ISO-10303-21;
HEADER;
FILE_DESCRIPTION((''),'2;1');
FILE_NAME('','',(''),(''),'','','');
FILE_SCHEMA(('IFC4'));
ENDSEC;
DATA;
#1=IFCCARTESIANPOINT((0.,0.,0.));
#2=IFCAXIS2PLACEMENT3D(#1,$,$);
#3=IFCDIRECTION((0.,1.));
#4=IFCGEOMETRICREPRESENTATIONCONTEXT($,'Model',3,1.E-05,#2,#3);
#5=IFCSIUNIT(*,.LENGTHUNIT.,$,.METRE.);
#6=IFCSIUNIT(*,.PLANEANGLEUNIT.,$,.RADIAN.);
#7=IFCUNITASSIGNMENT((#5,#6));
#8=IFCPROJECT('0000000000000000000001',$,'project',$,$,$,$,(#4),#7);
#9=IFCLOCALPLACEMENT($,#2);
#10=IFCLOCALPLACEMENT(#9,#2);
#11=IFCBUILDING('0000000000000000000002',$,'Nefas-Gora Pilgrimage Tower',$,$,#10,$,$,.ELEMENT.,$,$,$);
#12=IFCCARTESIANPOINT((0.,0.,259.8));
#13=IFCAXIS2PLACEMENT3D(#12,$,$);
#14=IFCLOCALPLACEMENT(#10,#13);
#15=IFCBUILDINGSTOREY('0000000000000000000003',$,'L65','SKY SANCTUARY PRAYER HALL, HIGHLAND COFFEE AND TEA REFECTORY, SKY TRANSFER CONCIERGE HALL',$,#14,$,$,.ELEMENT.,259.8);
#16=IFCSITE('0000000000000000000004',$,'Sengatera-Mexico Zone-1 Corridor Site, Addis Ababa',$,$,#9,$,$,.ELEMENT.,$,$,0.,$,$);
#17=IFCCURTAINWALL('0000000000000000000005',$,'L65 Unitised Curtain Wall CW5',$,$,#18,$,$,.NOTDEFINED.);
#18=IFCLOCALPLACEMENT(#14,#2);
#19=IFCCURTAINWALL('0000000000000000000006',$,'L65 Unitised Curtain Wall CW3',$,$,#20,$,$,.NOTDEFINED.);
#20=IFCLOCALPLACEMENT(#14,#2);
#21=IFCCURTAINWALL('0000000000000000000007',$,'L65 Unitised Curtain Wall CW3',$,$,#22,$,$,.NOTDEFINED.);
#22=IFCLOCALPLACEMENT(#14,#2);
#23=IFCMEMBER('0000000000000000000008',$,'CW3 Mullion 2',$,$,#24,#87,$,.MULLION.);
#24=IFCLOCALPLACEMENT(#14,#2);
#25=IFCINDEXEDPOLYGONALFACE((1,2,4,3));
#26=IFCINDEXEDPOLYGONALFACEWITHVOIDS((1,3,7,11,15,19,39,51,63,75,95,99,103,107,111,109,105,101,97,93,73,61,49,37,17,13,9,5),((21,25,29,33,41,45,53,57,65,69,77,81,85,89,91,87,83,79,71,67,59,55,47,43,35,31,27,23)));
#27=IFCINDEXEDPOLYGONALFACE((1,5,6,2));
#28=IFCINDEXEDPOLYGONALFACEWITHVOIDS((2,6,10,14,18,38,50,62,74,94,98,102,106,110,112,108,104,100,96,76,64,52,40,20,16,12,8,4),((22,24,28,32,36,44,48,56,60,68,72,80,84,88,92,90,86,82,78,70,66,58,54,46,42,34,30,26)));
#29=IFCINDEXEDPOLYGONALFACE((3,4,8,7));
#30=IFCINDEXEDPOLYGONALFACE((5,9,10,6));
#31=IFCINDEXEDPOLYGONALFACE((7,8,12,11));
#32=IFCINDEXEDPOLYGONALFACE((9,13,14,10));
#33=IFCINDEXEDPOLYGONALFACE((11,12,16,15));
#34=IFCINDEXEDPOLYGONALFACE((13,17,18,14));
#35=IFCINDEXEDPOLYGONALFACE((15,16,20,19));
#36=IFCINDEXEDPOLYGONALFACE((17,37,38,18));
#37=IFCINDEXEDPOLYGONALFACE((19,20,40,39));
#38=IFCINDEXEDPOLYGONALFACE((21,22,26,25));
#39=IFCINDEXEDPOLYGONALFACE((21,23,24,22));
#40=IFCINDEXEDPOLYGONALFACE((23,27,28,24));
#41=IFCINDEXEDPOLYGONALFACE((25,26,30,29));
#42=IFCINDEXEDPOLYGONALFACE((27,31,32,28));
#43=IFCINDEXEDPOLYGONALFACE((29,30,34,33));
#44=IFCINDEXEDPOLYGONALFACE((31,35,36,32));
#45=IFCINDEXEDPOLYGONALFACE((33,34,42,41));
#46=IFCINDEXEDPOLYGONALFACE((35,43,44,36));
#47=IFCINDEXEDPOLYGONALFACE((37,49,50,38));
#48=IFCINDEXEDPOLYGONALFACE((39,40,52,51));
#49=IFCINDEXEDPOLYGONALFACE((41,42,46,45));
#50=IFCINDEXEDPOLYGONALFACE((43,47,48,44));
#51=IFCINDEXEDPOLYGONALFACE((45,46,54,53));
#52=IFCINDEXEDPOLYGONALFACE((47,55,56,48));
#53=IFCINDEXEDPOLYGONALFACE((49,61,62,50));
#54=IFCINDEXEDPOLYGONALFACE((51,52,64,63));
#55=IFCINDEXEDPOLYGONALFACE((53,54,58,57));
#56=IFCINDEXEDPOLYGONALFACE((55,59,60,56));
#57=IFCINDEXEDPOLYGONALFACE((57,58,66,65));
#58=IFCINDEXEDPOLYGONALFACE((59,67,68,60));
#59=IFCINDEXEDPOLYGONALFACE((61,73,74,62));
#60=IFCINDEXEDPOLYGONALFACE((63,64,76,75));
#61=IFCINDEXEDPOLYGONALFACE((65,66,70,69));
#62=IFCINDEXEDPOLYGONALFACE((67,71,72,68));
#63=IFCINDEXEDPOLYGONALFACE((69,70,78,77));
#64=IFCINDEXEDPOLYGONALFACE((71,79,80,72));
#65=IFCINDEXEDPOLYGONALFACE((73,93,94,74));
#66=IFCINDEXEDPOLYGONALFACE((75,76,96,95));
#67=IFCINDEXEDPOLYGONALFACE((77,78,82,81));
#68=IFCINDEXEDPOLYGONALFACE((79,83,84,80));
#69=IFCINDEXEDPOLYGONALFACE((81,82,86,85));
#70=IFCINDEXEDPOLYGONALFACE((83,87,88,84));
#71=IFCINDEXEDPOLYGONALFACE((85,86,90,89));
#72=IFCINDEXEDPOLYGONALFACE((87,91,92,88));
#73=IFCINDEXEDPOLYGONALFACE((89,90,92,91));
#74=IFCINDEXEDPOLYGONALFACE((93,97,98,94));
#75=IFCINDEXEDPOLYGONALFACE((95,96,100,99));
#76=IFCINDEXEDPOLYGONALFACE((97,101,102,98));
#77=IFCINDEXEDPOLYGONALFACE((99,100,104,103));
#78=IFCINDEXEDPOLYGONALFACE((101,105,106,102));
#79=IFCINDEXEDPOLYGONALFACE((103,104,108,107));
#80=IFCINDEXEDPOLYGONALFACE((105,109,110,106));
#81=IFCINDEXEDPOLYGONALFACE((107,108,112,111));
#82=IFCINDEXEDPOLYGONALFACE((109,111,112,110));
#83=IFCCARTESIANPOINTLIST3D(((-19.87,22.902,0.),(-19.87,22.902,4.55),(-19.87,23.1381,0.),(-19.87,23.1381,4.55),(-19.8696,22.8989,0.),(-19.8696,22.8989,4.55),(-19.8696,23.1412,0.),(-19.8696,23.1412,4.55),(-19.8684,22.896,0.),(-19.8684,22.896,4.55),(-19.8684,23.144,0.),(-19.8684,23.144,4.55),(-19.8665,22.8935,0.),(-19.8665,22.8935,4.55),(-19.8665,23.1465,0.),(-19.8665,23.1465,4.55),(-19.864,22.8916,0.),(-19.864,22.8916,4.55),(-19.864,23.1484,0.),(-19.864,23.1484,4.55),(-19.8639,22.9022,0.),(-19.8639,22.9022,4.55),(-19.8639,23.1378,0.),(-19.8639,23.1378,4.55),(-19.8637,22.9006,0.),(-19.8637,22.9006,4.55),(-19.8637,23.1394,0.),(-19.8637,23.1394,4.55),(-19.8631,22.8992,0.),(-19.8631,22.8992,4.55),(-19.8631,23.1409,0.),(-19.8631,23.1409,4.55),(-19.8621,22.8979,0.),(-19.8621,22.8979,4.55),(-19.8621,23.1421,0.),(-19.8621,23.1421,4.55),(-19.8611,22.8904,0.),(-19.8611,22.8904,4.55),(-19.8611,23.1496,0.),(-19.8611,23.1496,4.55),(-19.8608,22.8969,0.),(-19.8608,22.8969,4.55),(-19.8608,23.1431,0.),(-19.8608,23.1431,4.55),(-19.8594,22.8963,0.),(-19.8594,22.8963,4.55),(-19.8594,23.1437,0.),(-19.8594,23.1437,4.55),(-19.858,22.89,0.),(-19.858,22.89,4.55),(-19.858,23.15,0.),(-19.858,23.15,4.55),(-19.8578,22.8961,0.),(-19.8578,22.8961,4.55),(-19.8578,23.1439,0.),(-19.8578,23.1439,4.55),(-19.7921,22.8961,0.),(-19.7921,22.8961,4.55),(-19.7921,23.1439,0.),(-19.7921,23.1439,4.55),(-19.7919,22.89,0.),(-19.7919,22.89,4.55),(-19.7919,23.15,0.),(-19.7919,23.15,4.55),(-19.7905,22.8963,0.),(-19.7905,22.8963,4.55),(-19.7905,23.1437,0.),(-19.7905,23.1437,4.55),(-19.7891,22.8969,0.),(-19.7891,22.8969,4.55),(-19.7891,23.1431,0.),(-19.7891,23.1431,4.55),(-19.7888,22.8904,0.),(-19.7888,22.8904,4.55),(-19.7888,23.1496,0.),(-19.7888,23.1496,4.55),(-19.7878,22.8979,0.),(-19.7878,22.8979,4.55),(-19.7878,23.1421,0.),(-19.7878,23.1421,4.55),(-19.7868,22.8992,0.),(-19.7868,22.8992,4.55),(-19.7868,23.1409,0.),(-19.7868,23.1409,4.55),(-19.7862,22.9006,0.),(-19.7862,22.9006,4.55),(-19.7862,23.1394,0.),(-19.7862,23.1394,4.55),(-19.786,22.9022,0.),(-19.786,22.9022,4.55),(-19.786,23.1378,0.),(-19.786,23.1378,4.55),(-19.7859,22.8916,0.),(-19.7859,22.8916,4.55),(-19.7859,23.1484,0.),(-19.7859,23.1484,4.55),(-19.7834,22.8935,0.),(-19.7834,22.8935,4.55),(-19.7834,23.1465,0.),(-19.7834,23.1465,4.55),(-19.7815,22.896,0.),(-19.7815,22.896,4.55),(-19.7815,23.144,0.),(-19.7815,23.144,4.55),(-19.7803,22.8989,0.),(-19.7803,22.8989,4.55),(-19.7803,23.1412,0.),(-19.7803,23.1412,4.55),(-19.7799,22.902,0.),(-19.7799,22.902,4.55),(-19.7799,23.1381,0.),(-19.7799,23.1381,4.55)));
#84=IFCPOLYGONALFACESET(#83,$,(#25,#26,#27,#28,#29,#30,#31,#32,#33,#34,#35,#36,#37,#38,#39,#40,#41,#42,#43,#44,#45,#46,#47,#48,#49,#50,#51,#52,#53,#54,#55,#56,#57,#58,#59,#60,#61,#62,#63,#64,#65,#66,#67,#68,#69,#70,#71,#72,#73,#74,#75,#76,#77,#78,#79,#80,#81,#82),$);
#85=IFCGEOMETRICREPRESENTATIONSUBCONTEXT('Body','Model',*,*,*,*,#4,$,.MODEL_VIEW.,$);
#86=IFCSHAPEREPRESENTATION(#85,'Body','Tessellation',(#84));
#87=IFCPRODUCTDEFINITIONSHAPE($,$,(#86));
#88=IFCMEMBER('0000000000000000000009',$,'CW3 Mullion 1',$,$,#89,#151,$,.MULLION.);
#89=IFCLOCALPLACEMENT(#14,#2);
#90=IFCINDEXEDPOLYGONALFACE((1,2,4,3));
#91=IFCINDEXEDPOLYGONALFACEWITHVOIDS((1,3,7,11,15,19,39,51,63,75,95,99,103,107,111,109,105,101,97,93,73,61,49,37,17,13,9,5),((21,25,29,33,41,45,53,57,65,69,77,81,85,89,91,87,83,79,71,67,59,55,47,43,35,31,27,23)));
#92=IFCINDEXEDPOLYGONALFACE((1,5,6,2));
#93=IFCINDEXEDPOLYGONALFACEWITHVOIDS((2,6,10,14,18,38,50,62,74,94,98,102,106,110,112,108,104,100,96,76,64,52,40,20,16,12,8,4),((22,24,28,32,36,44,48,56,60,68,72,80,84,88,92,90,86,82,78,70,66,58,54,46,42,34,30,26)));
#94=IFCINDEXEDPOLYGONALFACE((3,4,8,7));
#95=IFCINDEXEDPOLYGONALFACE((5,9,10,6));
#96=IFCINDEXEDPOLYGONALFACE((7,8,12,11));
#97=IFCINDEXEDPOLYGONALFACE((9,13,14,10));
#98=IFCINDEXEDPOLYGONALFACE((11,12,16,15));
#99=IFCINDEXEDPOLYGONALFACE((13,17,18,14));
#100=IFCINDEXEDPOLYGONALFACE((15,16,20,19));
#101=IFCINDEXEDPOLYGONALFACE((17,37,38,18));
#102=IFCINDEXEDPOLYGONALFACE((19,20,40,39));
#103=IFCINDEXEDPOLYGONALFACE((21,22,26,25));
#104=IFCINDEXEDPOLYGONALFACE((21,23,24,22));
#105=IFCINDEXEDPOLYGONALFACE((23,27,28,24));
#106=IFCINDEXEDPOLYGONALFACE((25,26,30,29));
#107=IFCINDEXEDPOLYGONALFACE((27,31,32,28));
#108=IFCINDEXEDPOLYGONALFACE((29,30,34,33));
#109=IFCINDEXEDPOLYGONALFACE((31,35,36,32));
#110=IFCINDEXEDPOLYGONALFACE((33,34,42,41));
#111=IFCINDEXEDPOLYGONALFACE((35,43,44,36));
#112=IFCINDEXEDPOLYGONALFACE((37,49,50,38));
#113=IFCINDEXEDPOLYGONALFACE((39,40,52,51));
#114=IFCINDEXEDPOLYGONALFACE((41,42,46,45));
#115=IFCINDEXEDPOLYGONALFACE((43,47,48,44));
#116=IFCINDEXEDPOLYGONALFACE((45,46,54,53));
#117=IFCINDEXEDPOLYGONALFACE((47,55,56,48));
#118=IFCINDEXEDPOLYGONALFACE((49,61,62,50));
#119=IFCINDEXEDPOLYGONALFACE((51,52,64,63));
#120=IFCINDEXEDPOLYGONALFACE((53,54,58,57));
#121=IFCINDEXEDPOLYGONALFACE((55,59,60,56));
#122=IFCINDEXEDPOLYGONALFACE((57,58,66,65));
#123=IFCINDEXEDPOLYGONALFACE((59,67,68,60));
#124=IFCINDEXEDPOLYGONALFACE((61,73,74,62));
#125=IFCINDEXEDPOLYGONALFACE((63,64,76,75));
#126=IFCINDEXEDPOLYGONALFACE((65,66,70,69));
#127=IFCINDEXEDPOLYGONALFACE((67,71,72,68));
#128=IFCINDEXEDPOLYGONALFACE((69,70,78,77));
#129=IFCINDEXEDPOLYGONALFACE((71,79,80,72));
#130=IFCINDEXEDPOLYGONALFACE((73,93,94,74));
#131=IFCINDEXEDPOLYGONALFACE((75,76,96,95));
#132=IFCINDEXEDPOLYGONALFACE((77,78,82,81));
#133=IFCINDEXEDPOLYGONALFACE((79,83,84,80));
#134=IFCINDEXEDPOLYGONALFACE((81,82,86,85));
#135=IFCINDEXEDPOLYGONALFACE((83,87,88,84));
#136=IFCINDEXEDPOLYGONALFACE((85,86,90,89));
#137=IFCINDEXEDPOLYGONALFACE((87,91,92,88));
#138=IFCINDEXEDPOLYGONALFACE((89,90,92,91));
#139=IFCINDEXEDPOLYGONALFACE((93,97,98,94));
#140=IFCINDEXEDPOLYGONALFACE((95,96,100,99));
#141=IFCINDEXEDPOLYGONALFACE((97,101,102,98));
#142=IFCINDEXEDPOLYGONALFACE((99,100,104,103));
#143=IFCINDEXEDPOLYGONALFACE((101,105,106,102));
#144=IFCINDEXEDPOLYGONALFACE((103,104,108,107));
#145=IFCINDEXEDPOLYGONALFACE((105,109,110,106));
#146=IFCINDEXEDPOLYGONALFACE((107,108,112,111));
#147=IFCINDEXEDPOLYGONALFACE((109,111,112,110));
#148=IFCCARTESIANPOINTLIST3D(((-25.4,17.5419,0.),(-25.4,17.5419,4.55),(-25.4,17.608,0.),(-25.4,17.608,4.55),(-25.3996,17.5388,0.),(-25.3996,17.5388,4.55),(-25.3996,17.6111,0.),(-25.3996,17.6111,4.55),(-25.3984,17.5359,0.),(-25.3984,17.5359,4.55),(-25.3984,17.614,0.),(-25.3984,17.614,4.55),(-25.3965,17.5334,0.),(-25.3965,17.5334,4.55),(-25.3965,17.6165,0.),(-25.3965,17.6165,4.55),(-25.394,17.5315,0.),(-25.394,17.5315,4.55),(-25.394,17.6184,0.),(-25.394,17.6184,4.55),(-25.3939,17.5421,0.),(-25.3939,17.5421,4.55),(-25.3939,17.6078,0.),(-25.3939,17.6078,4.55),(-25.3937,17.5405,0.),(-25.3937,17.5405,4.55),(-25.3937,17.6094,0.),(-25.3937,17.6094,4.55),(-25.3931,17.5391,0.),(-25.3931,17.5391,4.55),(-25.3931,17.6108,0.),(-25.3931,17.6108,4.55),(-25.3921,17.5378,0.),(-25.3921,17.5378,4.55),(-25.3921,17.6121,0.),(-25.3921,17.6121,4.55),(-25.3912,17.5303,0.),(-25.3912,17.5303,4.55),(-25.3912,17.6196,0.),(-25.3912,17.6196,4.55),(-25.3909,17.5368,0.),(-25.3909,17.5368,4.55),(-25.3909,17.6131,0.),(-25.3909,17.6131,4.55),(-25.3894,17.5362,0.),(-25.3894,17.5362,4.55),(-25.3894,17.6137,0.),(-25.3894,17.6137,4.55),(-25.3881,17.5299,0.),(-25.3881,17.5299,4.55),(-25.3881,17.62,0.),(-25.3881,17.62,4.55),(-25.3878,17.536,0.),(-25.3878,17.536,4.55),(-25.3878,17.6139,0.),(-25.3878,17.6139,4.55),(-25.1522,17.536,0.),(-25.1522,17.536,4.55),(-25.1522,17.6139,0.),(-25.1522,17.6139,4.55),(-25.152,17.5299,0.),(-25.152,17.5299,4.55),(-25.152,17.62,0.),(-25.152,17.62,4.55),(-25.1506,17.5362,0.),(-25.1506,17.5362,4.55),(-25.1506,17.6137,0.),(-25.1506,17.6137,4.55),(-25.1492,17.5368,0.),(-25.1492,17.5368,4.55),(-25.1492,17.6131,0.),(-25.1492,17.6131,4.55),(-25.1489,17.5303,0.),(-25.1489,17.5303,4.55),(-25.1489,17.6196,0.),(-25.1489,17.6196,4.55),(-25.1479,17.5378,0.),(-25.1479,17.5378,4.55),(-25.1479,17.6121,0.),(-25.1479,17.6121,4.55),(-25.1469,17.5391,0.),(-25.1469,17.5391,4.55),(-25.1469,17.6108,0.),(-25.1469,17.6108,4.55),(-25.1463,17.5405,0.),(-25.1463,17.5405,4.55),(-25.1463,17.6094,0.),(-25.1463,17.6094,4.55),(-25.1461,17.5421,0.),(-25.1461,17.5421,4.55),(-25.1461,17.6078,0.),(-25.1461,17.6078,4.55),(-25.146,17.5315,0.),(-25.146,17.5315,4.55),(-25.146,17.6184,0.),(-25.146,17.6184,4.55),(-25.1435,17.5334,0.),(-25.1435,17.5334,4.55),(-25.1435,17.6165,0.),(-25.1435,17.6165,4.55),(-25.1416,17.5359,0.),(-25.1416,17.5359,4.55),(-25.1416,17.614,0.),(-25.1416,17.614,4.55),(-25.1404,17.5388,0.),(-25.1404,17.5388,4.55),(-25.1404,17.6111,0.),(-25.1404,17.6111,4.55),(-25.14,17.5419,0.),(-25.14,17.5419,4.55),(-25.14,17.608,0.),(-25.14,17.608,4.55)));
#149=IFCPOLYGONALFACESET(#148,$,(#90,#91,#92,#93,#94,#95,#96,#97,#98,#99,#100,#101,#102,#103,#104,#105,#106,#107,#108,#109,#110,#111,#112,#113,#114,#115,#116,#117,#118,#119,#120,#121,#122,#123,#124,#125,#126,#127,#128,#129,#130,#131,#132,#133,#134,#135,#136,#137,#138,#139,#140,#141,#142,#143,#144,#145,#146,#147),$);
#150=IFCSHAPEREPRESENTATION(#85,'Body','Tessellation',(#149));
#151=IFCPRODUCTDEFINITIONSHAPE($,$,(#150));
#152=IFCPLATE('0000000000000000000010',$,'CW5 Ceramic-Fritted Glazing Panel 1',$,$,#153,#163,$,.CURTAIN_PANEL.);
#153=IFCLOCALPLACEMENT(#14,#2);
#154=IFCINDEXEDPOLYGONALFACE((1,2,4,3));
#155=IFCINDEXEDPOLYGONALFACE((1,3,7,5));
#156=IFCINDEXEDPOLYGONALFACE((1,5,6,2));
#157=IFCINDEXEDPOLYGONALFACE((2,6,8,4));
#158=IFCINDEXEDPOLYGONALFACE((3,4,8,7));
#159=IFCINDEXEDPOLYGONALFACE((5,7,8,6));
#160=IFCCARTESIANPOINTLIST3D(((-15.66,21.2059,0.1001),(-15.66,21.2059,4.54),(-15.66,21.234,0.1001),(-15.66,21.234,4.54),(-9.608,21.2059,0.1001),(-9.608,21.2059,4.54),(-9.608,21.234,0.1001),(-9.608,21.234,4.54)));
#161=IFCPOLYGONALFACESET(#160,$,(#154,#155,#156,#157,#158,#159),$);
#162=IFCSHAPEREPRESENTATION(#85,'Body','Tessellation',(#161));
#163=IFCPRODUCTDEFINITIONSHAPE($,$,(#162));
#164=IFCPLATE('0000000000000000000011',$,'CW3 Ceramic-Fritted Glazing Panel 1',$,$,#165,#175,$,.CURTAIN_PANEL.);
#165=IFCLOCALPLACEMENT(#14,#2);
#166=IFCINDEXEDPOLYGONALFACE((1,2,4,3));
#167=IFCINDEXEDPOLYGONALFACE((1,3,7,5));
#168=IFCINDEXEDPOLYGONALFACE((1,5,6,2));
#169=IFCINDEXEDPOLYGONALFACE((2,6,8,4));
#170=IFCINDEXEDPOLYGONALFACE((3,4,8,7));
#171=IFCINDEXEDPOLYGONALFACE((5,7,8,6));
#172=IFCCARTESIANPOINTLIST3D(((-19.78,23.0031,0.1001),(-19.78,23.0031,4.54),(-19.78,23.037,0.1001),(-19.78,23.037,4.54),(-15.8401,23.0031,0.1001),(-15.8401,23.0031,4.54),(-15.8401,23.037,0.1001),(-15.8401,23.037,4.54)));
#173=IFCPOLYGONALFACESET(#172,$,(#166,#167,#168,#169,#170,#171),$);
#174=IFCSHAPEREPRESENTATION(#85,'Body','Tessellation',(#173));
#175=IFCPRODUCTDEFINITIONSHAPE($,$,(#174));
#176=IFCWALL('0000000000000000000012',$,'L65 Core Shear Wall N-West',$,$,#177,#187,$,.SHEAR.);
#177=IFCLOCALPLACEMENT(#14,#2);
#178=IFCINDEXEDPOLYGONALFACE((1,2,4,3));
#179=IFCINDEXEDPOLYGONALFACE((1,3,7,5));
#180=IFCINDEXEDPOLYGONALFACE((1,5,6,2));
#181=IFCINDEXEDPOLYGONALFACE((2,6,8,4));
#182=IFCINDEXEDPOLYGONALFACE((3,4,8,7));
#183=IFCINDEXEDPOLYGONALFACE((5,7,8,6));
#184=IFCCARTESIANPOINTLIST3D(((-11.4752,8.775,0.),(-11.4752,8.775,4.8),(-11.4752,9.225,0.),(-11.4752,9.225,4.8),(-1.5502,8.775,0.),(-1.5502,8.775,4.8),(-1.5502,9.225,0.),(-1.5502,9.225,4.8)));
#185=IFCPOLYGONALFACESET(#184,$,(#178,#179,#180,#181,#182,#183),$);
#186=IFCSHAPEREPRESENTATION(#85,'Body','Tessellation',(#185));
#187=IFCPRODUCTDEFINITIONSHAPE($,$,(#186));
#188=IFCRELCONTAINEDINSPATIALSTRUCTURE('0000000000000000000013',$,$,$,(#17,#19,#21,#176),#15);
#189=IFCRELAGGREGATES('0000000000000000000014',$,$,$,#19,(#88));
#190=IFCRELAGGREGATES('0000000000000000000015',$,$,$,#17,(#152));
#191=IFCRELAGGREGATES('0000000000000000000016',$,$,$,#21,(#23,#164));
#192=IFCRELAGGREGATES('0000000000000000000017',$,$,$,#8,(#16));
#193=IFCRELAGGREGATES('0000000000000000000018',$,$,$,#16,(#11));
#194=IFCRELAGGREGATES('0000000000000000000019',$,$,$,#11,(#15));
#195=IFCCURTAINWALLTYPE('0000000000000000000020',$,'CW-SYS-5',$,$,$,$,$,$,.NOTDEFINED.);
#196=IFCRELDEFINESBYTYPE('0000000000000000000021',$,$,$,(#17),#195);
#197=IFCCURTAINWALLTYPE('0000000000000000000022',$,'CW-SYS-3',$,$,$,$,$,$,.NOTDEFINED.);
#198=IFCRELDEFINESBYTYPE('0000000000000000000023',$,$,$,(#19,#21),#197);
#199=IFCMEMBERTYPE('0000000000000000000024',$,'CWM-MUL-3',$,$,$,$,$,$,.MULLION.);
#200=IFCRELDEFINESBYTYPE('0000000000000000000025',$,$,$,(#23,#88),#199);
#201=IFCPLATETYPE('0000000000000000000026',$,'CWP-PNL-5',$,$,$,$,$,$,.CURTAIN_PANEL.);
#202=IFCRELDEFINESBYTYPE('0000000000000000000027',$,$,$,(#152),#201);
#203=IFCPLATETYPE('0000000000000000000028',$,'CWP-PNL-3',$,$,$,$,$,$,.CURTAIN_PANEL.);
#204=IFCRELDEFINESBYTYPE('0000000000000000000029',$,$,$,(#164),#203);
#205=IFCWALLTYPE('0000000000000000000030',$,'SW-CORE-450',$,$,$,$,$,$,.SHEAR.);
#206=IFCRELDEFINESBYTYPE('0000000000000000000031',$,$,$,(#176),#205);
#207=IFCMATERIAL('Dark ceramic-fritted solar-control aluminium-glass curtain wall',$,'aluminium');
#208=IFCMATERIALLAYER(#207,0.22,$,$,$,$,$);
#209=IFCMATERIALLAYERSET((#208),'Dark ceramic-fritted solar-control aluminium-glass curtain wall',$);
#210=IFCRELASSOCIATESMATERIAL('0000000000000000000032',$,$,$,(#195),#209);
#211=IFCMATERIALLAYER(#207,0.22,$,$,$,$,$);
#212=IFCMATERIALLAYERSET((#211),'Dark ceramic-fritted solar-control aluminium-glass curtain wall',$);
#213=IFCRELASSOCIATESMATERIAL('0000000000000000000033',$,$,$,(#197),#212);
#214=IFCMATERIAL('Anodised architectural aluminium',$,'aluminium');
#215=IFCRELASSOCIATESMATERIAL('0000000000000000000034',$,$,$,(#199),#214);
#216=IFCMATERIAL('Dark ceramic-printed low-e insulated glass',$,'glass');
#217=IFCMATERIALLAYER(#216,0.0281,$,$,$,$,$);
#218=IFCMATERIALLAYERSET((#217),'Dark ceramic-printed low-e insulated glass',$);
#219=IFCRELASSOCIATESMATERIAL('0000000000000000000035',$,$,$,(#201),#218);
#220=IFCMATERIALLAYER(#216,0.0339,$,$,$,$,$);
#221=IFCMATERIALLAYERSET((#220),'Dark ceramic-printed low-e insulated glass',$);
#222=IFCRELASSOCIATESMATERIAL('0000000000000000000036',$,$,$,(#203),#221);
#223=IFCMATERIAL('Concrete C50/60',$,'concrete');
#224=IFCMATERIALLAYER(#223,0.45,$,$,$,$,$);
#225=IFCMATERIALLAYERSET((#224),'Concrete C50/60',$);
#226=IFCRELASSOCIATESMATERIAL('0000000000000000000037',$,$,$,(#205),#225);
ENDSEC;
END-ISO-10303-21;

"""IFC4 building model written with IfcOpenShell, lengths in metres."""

from ifc_helpers import new_model, si_unit, direction, frame, frame_2d, origin, origin_2d, place, context, subcontext, project, spatial, rectangle, hollow_rectangle, extrude, source, transform, mapped, material, layer, layer_set, material_profile, profile_set, type_object, element, aggregate, save


model = new_model("IFC4")

# Units and contexts
model_context = context("Model", 3, precision=1e-05, world=origin(), true_north=direction((0.0, 1.0)))
body_context = subcontext(model_context, "Body", "Model", "MODEL_VIEW")
ifc_project = project(units=[si_unit("LENGTHUNIT", "METRE"), si_unit("PLANEANGLEUNIT", "RADIAN")], contexts=[model_context])

# Site, building, storey
site_placement = place(None, origin())
site = spatial("IfcSite", under=ifc_project, at=site_placement, Name="Sengatera-Mexico Zone-1 Corridor Site, Addis Ababa", CompositionType="ELEMENT", RefElevation=0.0)
building_placement = place(site_placement, origin())
building = spatial("IfcBuilding", under=site, at=building_placement, Name="Nefas-Gora Pilgrimage Tower", CompositionType="ELEMENT")
storey_placement = place(building_placement, frame((0.0, 0.0, 259.8)))
storey = spatial("IfcBuildingStorey", under=building, at=storey_placement, Name="L65", Description="SKY SANCTUARY PRAYER HALL, HIGHLAND COFFEE AND TEA REFECTORY, SKY TRANSFER CONCIERGE HALL", CompositionType="ELEMENT", Elevation=259.8)

# Curtain walls
ifc_material_1 = material(Name="Dark ceramic-fritted solar-control aluminium-glass curtain wall", Category="aluminium")
ifc_layer_1 = layer(ifc_material_1, 0.22)
ifc_layer_set_1 = layer_set([ifc_layer_1], Name="Dark ceramic-fritted solar-control aluminium-glass curtain wall")
curtain_wall_type_1 = type_object("IfcCurtainWallType", Name="CW-SYS-5", PredefinedType="NOTDEFINED", material=ifc_layer_set_1)
curtain_wall_1_placement = place(storey_placement, origin())
curtain_wall_1 = element("IfcCurtainWall", 1, at=curtain_wall_1_placement, inside=storey, type_object=curtain_wall_type_1, Name="L65 Unitised Curtain Wall CW5", PredefinedType="NOTDEFINED")
ifc_material_2 = material(Name="Anodised architectural aluminium", Category="aluminium")
ifc_layer_2 = layer(ifc_material_1, 0.22)
ifc_layer_set_2 = layer_set([ifc_layer_2], Name="Dark ceramic-fritted solar-control aluminium-glass curtain wall")
curtain_wall_type_2 = type_object("IfcCurtainWallType", Name="CW-SYS-3", PredefinedType="NOTDEFINED", material=ifc_layer_set_2)
curtain_wall_2_placement = place(storey_placement, origin())
curtain_wall_2 = element("IfcCurtainWall", 2, at=curtain_wall_2_placement, inside=storey, type_object=curtain_wall_type_2, Name="L65 Unitised Curtain Wall CW3", PredefinedType="NOTDEFINED")

# Curtain wall, member
curtain_wall_3_placement = place(storey_placement, origin())
curtain_wall_3 = element("IfcCurtainWall", 3, at=curtain_wall_3_placement, inside=storey, type_object=curtain_wall_type_2, Name="L65 Unitised Curtain Wall CW3", PredefinedType="NOTDEFINED")
ifc_material_profile_1 = material_profile(ifc_material_2, hollow_rectangle(XDim=0.0901, YDim=0.26, WallThickness=0.0061, InnerFilletRadius=0.0061, OuterFilletRadius=0.012, at=origin_2d()), Name="ALU MULLION 90x260")
ifc_profile_set_1 = profile_set([ifc_material_profile_1], Name="Anodised architectural aluminium")
member_type_1 = type_object("IfcMemberType", Name="CWM-MUL-3", PredefinedType="MULLION", material=ifc_profile_set_1)
shared_shape_1 = source(origin(), body_context, "Body", "SweptSolid", [
    extrude(hollow_rectangle(XDim=0.0901, YDim=0.26, WallThickness=0.0061, InnerFilletRadius=0.0061, OuterFilletRadius=0.012, at=origin_2d()), origin(), (0.0, 0.0, 1.0), 4.55),
])
member_1_placement = place(storey_placement, frame((-19.825, 23.02, 0.0), z_axis=(0.0, 0.0, 1.0), x_axis=(-1.0, 0.0, 0.0)))
member_1 = element("IfcMember", 4, at=member_1_placement, type_object=member_type_1, Name="CW3 Mullion 2", PredefinedType="MULLION", context=body_context, shape_type="MappedRepresentation", body=[
    mapped(shared_shape_1, transform((0.0, 0.0, 0.0), x_axis=(1.0, 0.0, 0.0), y_axis=(0.0, 1.0, 0.0), z_axis=(0.0, 0.0, 1.0), scale=1.0)),
])

# Member
member_2_placement = place(storey_placement, frame((-25.27, 17.575, 0.0), z_axis=(0.0, 0.0, 1.0), x_axis=(0.0, -1.0, 0.0)))
member_2 = element("IfcMember", 5, at=member_2_placement, type_object=member_type_1, Name="CW3 Mullion 1", PredefinedType="MULLION", context=body_context, shape_type="MappedRepresentation", body=[
    mapped(shared_shape_1, transform((0.0, 0.0, 0.0), x_axis=(1.0, 0.0, 0.0), y_axis=(0.0, 1.0, 0.0), z_axis=(0.0, 0.0, 1.0), scale=1.0)),
])
aggregate(curtain_wall_2, [member_2])

# Plates
ifc_material_3 = material(Name="Dark ceramic-printed low-e insulated glass", Category="glass")
ifc_layer_3 = layer(ifc_material_3, 0.0281)
ifc_layer_set_3 = layer_set([ifc_layer_3], Name="Dark ceramic-printed low-e insulated glass")
plate_type_1 = type_object("IfcPlateType", Name="CWP-PNL-5", PredefinedType="CURTAIN_PANEL", material=ifc_layer_set_3)
shared_shape_2 = source(origin(), body_context, "Body", "SweptSolid", [
    extrude(rectangle(XDim=6.052, YDim=0.0281, at=origin_2d()), origin(), (0.0, 0.0, 1.0), 4.4399),
])
plate_1_placement = place(storey_placement, frame((-12.634, 21.22, 0.1001), z_axis=(0.0, 0.0, 1.0), x_axis=(-1.0, 0.0, 0.0)))
plate_1 = element("IfcPlate", 6, at=plate_1_placement, type_object=plate_type_1, Name="CW5 Ceramic-Fritted Glazing Panel 1", PredefinedType="CURTAIN_PANEL", context=body_context, shape_type="MappedRepresentation", body=[
    mapped(shared_shape_2, transform((0.0, 0.0, 0.0), x_axis=(1.0, 0.0, 0.0), y_axis=(0.0, 1.0, 0.0), z_axis=(0.0, 0.0, 1.0), scale=1.0)),
])
aggregate(curtain_wall_1, [plate_1])
ifc_layer_4 = layer(ifc_material_3, 0.0339)
ifc_layer_set_4 = layer_set([ifc_layer_4], Name="Dark ceramic-printed low-e insulated glass")
plate_type_2 = type_object("IfcPlateType", Name="CWP-PNL-3", PredefinedType="CURTAIN_PANEL", material=ifc_layer_set_4)
shared_shape_3 = source(origin(), body_context, "Body", "SweptSolid", [
    extrude(rectangle(XDim=3.9399, YDim=0.0339, at=origin_2d()), origin(), (0.0, 0.0, 1.0), 4.4399),
])
plate_2_placement = place(storey_placement, frame((-17.8101, 23.02, 0.1001), z_axis=(0.0, 0.0, 1.0), x_axis=(-1.0, 0.0, 0.0)))
plate_2 = element("IfcPlate", 7, at=plate_2_placement, type_object=plate_type_2, Name="CW3 Ceramic-Fritted Glazing Panel 1", PredefinedType="CURTAIN_PANEL", context=body_context, shape_type="MappedRepresentation", body=[
    mapped(shared_shape_3, transform((0.0, 0.0, 0.0), x_axis=(1.0, 0.0, 0.0), y_axis=(0.0, 1.0, 0.0), z_axis=(0.0, 0.0, 1.0), scale=1.0)),
])
aggregate(curtain_wall_3, [member_1, plate_2])

# Wall
ifc_material_4 = material(Name="Concrete C50/60", Category="concrete")
ifc_layer_5 = layer(ifc_material_4, 0.45)
ifc_layer_set_5 = layer_set([ifc_layer_5], Name="Concrete C50/60")
wall_type_1 = type_object("IfcWallType", Name="SW-CORE-450", PredefinedType="SHEAR", material=ifc_layer_set_5)
shared_shape_4 = source(origin(), body_context, "Body", "SweptSolid", [
    extrude(rectangle(XDim=9.925, YDim=0.45, at=frame_2d((4.9624, 0.0))), origin(), (0.0, 0.0, 1.0), 4.8),
])
wall_1_placement = place(storey_placement, frame((-11.4751, 9.0, 0.0), z_axis=(0.0, 0.0, 1.0), x_axis=(1.0, 0.0, 0.0)))
element("IfcWall", 8, at=wall_1_placement, inside=storey, type_object=wall_type_1, Name="L65 Core Shear Wall N-West", PredefinedType="SHEAR", context=body_context, shape_type="MappedRepresentation", body=[
    mapped(shared_shape_4, transform((0.0, 0.0, 0.0), x_axis=(1.0, 0.0, 0.0), y_axis=(0.0, 1.0, 0.0), z_axis=(0.0, 0.0, 1.0), scale=1.0)),
])

save(model, "model.ifc")
